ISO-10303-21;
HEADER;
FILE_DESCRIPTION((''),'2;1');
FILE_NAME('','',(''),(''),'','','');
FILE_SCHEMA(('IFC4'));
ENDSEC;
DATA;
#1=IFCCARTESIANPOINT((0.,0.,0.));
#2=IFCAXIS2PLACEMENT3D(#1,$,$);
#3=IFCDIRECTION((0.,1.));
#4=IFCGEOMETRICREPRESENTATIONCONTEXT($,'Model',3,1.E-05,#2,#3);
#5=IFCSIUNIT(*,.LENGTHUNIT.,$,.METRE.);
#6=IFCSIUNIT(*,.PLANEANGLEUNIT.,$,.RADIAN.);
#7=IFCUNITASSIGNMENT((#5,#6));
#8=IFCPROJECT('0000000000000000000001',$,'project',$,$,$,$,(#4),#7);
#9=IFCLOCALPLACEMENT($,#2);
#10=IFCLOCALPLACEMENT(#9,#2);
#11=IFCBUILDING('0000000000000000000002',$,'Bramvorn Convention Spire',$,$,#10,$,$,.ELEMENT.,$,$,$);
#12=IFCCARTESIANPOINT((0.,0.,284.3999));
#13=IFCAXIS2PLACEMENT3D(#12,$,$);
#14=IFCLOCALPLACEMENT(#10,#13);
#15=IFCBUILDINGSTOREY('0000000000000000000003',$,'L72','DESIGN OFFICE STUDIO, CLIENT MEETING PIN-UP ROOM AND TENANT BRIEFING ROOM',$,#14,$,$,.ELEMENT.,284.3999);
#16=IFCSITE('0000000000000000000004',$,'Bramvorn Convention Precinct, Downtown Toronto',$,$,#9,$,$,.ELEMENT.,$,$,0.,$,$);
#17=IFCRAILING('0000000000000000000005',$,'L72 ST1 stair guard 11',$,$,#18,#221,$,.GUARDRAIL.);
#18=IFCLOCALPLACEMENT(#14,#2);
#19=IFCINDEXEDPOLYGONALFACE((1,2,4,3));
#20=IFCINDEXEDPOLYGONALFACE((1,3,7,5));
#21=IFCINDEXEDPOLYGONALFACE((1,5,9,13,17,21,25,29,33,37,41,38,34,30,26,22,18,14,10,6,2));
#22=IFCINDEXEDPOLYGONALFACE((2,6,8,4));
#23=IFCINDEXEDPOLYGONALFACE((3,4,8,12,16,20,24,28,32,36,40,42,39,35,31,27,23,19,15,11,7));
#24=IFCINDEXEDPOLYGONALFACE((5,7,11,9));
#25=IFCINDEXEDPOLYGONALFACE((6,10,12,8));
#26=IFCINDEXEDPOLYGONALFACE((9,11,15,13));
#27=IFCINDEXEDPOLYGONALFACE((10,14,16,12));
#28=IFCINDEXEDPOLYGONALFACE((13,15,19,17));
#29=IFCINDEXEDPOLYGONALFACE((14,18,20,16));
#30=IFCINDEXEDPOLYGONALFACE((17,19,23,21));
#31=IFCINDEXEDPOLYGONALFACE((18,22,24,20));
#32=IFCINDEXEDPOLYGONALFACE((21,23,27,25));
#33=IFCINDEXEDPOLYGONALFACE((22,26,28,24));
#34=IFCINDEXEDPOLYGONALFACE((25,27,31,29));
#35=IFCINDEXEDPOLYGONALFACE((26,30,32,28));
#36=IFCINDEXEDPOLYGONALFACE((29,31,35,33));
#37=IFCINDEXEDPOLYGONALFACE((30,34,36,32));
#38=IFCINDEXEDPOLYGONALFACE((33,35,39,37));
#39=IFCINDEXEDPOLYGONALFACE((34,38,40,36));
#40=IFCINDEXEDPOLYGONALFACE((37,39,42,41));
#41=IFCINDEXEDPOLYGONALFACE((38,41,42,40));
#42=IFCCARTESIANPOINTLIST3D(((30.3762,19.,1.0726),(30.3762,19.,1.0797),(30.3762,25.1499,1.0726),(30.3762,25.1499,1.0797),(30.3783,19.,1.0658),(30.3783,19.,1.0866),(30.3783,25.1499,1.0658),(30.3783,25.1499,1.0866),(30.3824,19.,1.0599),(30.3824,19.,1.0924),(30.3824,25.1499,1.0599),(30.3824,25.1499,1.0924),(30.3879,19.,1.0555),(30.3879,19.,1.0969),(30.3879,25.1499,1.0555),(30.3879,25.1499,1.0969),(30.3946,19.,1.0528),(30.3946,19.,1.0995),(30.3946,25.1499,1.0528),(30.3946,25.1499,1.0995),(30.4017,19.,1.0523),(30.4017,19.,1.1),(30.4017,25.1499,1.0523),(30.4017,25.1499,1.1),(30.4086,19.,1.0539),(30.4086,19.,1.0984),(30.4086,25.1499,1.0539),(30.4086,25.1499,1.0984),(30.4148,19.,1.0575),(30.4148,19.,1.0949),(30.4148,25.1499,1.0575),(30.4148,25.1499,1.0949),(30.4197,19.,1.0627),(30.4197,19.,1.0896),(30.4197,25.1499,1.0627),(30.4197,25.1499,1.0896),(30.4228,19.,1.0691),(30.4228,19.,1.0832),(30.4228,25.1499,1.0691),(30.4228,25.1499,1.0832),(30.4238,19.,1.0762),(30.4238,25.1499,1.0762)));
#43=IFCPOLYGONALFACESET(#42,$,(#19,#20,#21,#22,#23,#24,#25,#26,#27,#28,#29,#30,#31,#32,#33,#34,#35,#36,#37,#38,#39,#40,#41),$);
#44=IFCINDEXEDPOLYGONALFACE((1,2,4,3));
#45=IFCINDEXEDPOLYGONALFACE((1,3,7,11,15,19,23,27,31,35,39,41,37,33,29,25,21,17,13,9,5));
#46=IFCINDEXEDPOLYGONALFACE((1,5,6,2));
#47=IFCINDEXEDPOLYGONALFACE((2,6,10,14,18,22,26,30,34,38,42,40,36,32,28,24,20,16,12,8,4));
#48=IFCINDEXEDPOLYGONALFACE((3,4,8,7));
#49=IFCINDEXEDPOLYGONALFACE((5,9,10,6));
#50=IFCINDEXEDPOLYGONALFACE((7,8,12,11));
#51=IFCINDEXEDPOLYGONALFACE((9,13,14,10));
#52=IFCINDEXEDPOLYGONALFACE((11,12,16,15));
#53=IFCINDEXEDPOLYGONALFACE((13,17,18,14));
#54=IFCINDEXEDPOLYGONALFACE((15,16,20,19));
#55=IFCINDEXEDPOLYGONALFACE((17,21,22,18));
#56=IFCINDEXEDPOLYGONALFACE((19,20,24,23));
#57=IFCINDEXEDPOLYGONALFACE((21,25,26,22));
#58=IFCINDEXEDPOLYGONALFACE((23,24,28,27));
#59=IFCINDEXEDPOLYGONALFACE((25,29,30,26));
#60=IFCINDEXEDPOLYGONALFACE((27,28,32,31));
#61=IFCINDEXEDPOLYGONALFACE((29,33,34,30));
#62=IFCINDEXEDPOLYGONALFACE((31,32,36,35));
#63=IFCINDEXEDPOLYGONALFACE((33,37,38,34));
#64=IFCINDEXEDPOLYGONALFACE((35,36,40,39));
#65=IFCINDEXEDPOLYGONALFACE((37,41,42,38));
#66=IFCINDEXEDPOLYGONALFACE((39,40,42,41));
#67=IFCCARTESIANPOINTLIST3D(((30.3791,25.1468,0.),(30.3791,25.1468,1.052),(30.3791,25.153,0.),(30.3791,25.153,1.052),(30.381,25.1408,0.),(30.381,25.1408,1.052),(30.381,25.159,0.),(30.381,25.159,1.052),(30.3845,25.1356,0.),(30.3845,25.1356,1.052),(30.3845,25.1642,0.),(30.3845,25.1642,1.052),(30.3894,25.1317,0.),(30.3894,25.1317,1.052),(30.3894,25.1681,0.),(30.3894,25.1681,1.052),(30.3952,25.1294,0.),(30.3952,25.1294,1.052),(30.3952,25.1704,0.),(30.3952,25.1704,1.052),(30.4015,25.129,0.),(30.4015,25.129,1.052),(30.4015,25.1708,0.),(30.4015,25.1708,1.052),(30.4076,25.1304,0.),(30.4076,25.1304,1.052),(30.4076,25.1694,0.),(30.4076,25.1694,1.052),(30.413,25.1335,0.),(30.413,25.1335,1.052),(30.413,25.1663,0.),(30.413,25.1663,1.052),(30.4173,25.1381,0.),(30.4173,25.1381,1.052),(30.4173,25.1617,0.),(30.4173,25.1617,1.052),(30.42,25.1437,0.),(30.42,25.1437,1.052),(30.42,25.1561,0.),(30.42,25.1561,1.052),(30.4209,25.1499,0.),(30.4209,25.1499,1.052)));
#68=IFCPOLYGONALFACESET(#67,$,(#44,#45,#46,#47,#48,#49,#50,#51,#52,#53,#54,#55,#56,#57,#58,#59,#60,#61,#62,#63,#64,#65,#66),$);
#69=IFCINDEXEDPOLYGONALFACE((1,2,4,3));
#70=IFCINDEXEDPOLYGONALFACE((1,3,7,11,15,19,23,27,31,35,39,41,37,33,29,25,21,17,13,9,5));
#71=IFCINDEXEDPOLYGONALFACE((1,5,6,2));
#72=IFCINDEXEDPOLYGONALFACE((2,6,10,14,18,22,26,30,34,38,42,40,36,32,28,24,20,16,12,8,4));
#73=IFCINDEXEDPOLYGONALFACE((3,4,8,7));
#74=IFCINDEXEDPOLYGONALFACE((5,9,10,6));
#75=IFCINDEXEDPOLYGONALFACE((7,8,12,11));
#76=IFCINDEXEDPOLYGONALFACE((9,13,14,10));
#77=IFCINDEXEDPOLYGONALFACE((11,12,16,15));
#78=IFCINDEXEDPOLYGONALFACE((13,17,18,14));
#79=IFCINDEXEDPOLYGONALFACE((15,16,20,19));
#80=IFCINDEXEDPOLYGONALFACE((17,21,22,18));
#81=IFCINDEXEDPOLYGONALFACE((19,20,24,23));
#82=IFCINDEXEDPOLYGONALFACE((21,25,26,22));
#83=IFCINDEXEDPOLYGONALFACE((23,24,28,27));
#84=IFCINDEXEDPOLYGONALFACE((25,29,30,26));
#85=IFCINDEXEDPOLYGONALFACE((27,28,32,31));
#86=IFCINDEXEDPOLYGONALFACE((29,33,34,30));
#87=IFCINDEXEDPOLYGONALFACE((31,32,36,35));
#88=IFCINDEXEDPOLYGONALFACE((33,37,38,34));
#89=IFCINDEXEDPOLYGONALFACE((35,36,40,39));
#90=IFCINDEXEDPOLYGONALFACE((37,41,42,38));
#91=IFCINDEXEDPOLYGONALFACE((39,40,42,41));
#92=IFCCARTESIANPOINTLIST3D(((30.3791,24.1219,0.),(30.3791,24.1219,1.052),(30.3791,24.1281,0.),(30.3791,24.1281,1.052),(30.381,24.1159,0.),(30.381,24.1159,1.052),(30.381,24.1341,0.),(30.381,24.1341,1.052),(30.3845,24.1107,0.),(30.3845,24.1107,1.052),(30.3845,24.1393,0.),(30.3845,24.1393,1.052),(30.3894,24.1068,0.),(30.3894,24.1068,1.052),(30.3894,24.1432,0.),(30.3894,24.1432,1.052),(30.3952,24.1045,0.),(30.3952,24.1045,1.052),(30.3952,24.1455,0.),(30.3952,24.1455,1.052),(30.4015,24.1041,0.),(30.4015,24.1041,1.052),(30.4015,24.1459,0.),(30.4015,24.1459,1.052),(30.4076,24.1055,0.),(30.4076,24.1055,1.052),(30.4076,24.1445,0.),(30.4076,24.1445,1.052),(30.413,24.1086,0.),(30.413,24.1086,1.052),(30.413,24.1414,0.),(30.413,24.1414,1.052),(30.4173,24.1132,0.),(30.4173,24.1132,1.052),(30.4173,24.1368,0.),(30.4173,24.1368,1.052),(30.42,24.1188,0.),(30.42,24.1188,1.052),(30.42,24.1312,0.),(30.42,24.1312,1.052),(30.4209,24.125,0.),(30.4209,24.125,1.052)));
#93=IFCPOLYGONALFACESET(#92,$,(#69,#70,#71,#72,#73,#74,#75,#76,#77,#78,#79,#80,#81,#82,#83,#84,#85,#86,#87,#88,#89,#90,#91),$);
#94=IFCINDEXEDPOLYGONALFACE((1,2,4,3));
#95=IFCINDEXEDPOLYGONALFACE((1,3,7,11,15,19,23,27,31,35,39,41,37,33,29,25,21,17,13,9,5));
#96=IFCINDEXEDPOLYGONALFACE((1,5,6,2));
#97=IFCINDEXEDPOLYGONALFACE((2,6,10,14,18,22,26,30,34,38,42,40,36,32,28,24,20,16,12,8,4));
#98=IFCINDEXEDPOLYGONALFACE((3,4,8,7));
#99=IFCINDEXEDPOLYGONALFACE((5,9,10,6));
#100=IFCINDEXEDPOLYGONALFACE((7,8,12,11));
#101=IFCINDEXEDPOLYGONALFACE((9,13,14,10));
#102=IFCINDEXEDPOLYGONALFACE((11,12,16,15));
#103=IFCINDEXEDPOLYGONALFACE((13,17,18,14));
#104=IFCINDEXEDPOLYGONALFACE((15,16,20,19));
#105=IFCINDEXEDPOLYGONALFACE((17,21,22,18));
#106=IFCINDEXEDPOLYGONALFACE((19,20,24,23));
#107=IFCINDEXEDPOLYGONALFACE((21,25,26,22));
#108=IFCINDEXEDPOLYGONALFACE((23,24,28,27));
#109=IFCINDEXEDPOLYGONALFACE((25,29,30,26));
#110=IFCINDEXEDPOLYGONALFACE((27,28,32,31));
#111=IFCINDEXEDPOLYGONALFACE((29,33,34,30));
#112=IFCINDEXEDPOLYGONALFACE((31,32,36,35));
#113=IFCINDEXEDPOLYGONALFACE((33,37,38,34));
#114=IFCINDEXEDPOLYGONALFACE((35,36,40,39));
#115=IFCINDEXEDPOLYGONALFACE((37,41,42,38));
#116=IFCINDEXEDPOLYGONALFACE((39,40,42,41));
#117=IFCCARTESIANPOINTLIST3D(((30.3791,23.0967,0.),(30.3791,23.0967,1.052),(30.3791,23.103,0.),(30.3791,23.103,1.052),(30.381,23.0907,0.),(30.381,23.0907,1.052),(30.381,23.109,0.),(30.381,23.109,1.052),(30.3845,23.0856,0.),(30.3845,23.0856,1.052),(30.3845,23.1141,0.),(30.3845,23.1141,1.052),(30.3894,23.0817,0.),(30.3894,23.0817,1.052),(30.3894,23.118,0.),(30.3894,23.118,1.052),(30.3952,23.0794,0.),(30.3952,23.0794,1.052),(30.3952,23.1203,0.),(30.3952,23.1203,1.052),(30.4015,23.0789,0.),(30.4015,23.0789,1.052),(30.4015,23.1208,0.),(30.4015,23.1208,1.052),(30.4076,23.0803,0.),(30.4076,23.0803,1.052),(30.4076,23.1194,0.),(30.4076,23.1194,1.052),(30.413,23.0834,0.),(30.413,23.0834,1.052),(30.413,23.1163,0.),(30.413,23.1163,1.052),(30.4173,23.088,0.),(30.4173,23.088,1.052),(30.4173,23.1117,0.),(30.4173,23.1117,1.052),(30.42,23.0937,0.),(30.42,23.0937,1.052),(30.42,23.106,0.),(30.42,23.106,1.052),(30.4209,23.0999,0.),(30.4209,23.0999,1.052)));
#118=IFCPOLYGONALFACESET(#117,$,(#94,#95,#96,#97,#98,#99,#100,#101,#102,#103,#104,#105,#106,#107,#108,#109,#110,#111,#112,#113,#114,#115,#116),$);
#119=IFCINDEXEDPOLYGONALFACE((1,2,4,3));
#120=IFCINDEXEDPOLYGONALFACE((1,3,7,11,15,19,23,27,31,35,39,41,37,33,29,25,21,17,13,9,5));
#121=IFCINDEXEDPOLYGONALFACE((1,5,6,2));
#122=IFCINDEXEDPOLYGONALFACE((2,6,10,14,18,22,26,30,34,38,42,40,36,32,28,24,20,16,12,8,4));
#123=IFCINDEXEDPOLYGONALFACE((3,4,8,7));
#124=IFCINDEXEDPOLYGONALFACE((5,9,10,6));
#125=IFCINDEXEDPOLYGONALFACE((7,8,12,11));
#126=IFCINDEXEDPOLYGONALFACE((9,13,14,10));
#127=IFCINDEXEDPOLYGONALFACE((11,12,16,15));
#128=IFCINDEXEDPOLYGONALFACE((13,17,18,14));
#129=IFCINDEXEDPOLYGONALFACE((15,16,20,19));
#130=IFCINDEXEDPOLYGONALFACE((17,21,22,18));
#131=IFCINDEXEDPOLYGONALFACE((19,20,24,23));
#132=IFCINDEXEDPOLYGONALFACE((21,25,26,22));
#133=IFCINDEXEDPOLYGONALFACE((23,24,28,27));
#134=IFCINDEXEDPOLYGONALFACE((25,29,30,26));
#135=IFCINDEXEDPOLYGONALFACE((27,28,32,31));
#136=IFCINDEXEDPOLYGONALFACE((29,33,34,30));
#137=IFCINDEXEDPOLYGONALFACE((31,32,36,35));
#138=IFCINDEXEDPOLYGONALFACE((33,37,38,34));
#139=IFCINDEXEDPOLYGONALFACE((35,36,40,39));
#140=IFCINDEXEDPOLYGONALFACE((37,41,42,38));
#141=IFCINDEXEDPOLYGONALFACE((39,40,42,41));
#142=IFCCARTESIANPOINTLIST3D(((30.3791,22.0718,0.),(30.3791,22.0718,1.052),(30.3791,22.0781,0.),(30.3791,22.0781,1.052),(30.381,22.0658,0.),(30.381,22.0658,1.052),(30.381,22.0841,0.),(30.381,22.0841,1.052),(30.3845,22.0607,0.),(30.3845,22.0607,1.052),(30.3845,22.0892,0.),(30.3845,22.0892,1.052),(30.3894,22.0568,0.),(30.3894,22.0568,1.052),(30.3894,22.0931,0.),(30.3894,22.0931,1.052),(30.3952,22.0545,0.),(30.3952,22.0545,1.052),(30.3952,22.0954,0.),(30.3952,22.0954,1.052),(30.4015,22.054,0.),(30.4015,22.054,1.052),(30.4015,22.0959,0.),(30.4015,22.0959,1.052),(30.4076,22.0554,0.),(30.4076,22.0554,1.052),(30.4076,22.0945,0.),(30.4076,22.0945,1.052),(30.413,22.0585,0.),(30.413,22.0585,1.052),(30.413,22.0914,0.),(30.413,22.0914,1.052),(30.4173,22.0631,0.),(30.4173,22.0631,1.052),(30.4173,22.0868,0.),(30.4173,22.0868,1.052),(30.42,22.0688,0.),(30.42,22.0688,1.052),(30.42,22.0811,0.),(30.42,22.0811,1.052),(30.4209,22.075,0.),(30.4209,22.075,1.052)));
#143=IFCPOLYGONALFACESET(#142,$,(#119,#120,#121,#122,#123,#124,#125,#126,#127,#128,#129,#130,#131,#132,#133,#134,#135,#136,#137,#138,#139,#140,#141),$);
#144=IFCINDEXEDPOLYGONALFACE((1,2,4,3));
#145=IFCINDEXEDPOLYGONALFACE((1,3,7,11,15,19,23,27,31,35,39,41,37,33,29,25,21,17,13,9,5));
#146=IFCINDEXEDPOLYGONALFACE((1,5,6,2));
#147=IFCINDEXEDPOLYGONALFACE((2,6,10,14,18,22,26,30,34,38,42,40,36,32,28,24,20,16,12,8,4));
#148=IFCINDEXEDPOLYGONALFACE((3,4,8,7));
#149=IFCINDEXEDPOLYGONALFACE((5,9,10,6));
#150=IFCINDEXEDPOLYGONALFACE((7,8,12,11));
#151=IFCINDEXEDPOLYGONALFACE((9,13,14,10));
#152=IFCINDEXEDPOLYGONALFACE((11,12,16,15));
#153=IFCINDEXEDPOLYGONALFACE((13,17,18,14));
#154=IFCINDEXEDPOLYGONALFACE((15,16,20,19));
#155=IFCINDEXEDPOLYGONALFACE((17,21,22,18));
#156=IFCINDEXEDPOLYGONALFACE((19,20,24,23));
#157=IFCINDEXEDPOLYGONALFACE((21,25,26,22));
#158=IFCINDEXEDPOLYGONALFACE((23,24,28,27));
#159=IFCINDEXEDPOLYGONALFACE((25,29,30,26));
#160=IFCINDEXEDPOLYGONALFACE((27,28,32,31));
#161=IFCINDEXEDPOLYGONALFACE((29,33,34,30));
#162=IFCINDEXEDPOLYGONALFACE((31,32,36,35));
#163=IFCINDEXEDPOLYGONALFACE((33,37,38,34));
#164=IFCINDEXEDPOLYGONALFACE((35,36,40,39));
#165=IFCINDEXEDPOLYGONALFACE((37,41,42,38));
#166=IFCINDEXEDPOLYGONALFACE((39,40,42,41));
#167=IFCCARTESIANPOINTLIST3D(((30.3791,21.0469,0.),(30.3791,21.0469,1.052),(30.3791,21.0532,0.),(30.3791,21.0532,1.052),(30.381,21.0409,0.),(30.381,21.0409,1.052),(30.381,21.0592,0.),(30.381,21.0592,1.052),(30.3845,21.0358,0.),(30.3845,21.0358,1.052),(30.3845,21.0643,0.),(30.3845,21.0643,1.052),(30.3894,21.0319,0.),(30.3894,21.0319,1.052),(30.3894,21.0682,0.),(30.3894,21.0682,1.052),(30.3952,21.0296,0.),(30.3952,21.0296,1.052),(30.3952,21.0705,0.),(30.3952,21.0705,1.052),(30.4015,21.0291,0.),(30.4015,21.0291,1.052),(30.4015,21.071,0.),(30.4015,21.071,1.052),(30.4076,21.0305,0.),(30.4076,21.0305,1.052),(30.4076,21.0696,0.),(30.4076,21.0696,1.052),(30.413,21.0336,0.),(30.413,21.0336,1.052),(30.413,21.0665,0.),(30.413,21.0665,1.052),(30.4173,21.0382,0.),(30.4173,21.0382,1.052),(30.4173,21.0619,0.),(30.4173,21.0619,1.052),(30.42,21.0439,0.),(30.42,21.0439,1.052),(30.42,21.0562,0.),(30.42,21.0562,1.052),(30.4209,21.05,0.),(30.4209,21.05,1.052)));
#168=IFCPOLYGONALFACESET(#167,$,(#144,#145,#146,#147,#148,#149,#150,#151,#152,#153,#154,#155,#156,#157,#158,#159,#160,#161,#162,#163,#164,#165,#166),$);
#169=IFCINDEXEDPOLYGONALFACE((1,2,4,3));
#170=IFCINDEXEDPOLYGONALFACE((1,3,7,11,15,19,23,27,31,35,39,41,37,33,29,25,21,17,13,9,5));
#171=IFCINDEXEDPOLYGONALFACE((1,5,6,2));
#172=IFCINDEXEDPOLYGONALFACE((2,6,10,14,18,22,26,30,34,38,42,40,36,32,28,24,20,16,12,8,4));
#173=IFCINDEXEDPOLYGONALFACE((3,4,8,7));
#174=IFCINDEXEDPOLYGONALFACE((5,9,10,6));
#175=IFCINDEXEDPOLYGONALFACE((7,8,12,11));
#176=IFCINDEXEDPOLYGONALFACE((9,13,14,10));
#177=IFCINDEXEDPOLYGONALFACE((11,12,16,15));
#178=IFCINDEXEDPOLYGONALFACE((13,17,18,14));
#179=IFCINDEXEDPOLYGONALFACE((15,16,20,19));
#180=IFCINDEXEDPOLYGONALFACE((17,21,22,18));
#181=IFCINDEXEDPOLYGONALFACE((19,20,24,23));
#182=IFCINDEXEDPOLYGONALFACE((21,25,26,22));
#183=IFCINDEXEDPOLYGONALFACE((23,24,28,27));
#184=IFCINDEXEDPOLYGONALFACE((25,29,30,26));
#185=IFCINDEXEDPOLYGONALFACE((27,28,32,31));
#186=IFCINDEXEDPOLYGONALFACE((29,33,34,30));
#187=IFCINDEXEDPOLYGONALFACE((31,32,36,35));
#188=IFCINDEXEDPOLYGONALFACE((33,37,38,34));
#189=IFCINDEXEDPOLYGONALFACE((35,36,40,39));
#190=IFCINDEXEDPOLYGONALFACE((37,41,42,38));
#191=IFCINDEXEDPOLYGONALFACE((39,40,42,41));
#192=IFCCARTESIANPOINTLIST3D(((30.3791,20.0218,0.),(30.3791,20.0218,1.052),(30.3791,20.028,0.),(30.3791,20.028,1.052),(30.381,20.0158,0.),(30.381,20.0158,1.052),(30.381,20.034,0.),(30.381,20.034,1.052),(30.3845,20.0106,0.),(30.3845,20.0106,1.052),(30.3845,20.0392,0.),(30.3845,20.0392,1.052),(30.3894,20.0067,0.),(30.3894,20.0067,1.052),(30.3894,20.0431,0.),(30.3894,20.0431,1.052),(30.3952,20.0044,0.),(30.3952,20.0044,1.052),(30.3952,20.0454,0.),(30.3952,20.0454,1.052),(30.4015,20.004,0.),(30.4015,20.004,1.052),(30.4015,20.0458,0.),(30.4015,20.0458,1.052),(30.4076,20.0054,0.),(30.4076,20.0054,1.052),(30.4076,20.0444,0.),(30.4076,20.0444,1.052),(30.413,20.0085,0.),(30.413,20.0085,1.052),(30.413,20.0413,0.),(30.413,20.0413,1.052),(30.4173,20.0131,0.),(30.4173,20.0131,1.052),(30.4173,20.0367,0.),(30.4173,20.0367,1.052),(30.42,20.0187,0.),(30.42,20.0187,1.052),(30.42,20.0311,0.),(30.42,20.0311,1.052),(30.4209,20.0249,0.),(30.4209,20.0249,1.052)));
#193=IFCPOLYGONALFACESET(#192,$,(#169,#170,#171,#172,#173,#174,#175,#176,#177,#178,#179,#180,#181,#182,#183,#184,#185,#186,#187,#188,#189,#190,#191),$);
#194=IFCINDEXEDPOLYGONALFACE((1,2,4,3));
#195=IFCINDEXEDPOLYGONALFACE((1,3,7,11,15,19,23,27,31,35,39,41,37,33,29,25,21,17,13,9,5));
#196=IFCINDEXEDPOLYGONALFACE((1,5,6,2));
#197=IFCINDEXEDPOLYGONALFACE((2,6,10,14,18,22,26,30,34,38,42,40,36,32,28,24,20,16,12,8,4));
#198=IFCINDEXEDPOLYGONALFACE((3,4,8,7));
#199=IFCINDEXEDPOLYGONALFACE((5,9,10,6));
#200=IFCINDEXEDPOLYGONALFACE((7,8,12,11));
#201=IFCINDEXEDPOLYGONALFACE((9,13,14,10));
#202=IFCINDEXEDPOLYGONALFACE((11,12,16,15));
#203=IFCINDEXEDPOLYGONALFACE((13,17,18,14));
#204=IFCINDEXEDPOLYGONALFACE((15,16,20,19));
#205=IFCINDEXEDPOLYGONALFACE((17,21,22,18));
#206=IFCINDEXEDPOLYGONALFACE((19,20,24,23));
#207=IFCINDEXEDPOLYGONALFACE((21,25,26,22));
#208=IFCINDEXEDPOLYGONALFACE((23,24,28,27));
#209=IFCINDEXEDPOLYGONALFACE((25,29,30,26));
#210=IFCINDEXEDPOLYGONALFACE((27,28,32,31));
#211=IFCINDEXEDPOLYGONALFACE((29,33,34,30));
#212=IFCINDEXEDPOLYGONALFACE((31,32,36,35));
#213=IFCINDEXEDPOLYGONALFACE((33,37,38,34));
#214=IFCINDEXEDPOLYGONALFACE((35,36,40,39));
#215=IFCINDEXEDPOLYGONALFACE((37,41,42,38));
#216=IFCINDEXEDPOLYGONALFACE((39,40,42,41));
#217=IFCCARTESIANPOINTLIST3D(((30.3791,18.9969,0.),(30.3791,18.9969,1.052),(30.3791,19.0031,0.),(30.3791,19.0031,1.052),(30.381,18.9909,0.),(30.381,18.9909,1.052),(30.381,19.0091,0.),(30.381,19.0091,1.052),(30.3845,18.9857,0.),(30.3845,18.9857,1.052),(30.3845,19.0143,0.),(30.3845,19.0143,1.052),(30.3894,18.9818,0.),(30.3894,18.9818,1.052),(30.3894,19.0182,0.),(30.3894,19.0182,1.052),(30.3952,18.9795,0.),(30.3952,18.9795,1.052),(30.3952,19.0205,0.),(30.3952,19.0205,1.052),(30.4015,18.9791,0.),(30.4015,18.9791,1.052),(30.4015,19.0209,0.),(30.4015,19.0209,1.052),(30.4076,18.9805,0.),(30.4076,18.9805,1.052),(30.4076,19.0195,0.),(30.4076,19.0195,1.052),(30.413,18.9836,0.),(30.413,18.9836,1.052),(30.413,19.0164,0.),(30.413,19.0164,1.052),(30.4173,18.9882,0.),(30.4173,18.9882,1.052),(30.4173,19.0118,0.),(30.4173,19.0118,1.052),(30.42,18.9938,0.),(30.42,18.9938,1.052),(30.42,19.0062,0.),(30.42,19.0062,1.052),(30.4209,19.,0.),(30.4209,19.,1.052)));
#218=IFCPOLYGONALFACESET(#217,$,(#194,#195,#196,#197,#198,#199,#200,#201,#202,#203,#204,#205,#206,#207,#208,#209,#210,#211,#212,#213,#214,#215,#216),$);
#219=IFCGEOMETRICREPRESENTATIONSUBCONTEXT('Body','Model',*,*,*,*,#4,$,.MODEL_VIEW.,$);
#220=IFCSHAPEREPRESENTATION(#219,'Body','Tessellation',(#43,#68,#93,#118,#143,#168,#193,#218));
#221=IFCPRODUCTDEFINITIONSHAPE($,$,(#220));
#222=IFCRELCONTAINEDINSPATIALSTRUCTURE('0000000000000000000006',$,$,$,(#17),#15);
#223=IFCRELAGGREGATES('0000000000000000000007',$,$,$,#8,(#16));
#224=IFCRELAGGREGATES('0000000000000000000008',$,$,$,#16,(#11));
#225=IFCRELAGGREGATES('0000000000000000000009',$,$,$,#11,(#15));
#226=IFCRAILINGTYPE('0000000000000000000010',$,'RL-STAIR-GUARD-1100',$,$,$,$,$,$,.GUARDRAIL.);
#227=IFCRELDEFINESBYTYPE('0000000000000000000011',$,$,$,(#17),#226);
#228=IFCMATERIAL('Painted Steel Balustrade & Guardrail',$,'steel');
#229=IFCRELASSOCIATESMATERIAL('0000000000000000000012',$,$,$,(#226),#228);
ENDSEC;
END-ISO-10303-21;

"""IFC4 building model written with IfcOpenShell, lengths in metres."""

from ifc_helpers import new_model, si_unit, direction, frame, origin, origin_2d, place, context, subcontext, project, spatial, circle, extrude, material, type_object, element, save


model = new_model("IFC4")

# Units and contexts
model_context = context("Model", 3, precision=1e-05, world=origin(), true_north=direction((0.0, 1.0)))
body_context = subcontext(model_context, "Body", "Model", "MODEL_VIEW")
ifc_project = project(units=[si_unit("LENGTHUNIT", "METRE"), si_unit("PLANEANGLEUNIT", "RADIAN")], contexts=[model_context])

# Site, building, storey
site_placement = place(None, origin())
site = spatial("IfcSite", under=ifc_project, at=site_placement, Name="Bramvorn Convention Precinct, Downtown Toronto", CompositionType="ELEMENT", RefElevation=0.0)
building_placement = place(site_placement, origin())
building = spatial("IfcBuilding", under=site, at=building_placement, Name="Bramvorn Convention Spire", CompositionType="ELEMENT")
storey_placement = place(building_placement, frame((0.0, 0.0, 284.3999)))
storey = spatial("IfcBuildingStorey", under=building, at=storey_placement, Name="L72", Description="DESIGN OFFICE STUDIO, CLIENT MEETING PIN-UP ROOM AND TENANT BRIEFING ROOM", CompositionType="ELEMENT", Elevation=284.3999)

# Railing
ifc_material_1 = material(Name="Painted Steel Balustrade & Guardrail", Category="steel")
railing_type_1 = type_object("IfcRailingType", Name="RL-STAIR-GUARD-1100", PredefinedType="GUARDRAIL", material=ifc_material_1)
railing_1_placement = place(storey_placement, frame((30.3999, 25.1499, 0.0)))
element("IfcRailing", 1, at=railing_1_placement, inside=storey, type_object=railing_type_1, Name="L72 ST1 stair guard 11", PredefinedType="GUARDRAIL", context=body_context, shape_type="SweptSolid", body=[
    extrude(circle(Radius=0.0239, at=origin_2d()), frame((0.0, 0.0, 1.0762), z_axis=(0.0, -1.0, 0.0), x_axis=(1.0, 0.0, 0.0)), (0.0, 0.0, 1.0), 6.1499),
    extrude(circle(Radius=0.021, at=origin_2d()), origin(), (0.0, 0.0, 1.0), 1.052),
    extrude(circle(Radius=0.021, at=origin_2d()), frame((0.0, -1.0249, 0.0)), (0.0, 0.0, 1.0), 1.052),
    extrude(circle(Radius=0.021, at=origin_2d()), frame((0.0, -2.05, 0.0)), (0.0, 0.0, 1.0), 1.052),
    extrude(circle(Radius=0.021, at=origin_2d()), frame((0.0, -3.075, 0.0)), (0.0, 0.0, 1.0), 1.052),
    extrude(circle(Radius=0.021, at=origin_2d()), frame((0.0, -4.0999, 0.0)), (0.0, 0.0, 1.0), 1.052),
    extrude(circle(Radius=0.021, at=origin_2d()), frame((0.0, -5.125, 0.0)), (0.0, 0.0, 1.0), 1.052),
    extrude(circle(Radius=0.021, at=origin_2d()), frame((0.0, -6.1499, 0.0)), (0.0, 0.0, 1.0), 1.052),
])

save(model, "model.ifc")
